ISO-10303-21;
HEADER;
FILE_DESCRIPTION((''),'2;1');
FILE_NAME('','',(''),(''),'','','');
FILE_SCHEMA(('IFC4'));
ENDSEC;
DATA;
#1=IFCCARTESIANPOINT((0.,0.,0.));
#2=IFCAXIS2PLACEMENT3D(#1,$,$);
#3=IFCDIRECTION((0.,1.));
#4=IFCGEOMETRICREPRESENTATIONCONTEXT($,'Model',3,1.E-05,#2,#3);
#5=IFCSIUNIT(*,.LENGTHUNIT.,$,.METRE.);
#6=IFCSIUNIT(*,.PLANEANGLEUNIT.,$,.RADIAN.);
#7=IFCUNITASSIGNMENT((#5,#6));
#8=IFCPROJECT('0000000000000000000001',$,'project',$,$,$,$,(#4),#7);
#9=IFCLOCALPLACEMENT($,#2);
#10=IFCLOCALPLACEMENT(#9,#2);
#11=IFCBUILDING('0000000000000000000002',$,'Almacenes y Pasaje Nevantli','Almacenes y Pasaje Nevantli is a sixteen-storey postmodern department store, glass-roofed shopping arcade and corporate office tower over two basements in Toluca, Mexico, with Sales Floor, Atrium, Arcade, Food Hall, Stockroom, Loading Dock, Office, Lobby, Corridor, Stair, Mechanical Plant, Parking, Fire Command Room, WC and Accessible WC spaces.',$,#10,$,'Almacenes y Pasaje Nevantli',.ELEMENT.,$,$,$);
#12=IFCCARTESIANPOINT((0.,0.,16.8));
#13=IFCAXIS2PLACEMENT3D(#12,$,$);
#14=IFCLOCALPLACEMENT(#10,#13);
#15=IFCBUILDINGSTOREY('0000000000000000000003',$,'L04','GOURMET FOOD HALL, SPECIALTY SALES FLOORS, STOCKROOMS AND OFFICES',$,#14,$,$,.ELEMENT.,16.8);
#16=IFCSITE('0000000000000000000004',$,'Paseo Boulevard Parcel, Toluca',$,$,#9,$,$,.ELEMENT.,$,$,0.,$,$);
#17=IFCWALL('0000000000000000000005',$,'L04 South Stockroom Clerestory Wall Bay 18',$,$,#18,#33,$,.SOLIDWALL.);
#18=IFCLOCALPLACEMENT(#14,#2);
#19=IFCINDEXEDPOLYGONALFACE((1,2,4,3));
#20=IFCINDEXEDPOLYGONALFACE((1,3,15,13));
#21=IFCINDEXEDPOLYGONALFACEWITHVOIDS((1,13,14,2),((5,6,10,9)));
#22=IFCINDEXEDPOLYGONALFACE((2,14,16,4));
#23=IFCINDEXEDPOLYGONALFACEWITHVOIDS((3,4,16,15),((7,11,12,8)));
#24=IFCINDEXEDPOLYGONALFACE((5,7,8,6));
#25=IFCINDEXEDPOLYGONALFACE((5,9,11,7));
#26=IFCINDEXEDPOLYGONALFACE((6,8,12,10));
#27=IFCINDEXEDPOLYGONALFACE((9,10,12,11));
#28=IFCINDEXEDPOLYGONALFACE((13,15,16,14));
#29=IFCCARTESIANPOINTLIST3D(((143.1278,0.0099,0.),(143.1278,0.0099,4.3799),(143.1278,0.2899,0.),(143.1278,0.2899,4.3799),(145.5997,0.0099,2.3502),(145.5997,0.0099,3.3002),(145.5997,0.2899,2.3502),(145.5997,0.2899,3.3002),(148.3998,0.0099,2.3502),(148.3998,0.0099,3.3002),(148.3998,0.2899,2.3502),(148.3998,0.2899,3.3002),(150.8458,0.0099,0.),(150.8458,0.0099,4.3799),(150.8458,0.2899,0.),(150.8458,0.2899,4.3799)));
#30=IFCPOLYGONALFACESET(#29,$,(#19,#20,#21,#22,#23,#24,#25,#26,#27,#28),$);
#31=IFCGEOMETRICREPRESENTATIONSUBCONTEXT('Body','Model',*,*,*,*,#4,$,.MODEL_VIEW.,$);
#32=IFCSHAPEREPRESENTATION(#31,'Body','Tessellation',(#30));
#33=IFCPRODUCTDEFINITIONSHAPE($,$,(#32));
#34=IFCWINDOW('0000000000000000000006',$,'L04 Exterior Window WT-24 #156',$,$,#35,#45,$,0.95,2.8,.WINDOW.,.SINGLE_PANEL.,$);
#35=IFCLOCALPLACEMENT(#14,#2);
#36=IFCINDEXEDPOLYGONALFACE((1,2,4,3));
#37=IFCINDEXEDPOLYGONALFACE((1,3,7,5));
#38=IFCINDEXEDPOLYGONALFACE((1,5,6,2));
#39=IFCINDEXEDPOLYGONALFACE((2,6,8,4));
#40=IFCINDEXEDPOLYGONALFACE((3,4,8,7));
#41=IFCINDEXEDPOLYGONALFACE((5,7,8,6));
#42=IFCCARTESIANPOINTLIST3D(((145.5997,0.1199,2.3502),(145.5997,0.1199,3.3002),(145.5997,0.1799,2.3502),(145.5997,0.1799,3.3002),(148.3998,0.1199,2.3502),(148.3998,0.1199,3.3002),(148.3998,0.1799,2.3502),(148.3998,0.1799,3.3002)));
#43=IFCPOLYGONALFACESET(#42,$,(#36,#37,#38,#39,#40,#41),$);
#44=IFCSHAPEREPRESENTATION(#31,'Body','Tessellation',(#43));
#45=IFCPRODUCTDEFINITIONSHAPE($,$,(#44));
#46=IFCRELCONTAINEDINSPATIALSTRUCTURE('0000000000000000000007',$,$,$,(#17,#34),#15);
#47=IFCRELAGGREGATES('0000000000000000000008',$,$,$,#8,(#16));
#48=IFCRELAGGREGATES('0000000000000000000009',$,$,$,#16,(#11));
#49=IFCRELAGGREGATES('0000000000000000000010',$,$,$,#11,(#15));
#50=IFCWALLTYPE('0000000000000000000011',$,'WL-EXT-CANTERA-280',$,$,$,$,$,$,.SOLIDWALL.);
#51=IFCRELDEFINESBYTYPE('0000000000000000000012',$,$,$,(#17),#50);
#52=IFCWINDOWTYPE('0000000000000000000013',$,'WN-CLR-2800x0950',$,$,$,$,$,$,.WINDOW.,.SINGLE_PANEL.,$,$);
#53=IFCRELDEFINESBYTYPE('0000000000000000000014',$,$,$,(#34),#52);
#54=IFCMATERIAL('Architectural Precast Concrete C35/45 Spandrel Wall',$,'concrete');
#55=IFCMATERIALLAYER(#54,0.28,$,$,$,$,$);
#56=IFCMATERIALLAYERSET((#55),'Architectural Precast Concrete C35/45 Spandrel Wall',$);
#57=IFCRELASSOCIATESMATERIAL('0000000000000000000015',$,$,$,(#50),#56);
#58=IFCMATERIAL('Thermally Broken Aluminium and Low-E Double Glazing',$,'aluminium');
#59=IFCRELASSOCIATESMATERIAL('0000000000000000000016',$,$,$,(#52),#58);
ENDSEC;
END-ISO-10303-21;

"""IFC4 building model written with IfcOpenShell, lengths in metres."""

from ifc_helpers import new_model, si_unit, direction, frame, frame_2d, origin, place, context, subcontext, project, spatial, rectangle, extrude, material, layer, layer_set, type_object, element, fill, save


model = new_model("IFC4")

# Units and contexts
model_context = context("Model", 3, precision=1e-05, world=origin(), true_north=direction((0.0, 1.0)))
body_context = subcontext(model_context, "Body", "Model", "MODEL_VIEW")
ifc_project = project(units=[si_unit("LENGTHUNIT", "METRE"), si_unit("PLANEANGLEUNIT", "RADIAN")], contexts=[model_context])

# Site, building, storey
site_placement = place(None, origin())
site = spatial("IfcSite", under=ifc_project, at=site_placement, Name="Paseo Boulevard Parcel, Toluca", CompositionType="ELEMENT", RefElevation=0.0)
building_placement = place(site_placement, origin())
building = spatial("IfcBuilding", under=site, at=building_placement, Name="Almacenes y Pasaje Nevantli", Description="Almacenes y Pasaje Nevantli is a sixteen-storey postmodern department store, glass-roofed shopping arcade and corporate office tower over two basements in Toluca, Mexico, with Sales Floor, Atrium, Arcade, Food Hall, Stockroom, Loading Dock, Office, Lobby, Corridor, Stair, Mechanical Plant, Parking, Fire Command Room, WC and Accessible WC spaces.", LongName="Almacenes y Pasaje Nevantli", CompositionType="ELEMENT")
storey_placement = place(building_placement, frame((0.0, 0.0, 16.8)))
storey = spatial("IfcBuildingStorey", under=building, at=storey_placement, Name="L04", Description="GOURMET FOOD HALL, SPECIALTY SALES FLOORS, STOCKROOMS AND OFFICES", CompositionType="ELEMENT", Elevation=16.8)

# Wall, opening, window
ifc_material_1 = material(Name="Architectural Precast Concrete C35/45 Spandrel Wall", Category="concrete")
ifc_layer = layer(ifc_material_1, 0.28)
ifc_layer_set = layer_set([ifc_layer], Name="Architectural Precast Concrete C35/45 Spandrel Wall")
wall_type = type_object("IfcWallType", Name="WL-EXT-CANTERA-280", PredefinedType="SOLIDWALL", material=ifc_layer_set)
wall_1_placement = place(storey_placement, frame((143.1279, 0.1499, 0.0), z_axis=(0.0, 0.0, 1.0), x_axis=(1.0, 0.0, 0.0)))
wall_1 = element("IfcWall", 1, at=wall_1_placement, inside=storey, type_object=wall_type, Name="L04 South Stockroom Clerestory Wall Bay 18", PredefinedType="SOLIDWALL", context=body_context, shape_type="SweptSolid", body=[
    extrude(rectangle(XDim=7.718, YDim=0.28, at=frame_2d((3.8589, 0.0))), origin(), (0.0, 0.0, 1.0), 4.3799),
])
opening_1_placement = place(wall_1_placement, frame((2.4719, 0.0, 2.3501)))
opening_1 = element("IfcOpeningElement", 2, at=opening_1_placement, cuts=wall_1, PredefinedType="OPENING", context=body_context, shape_type="SweptSolid", body=[
    extrude(rectangle(XDim=2.8, YDim=0.95, at=frame_2d((1.3999, 0.4751))), frame((0.0, 0.1499, 0.0), z_axis=(0.0, -1.0, 0.0), x_axis=(1.0, 0.0, 0.0)), (0.0, 0.0, 1.0), 0.3),
])
ifc_material_2 = material(Name="Thermally Broken Aluminium and Low-E Double Glazing", Category="aluminium")
window_type_1 = type_object("IfcWindowType", Name="WN-CLR-2800x0950", PartitioningType="SINGLE_PANEL", PredefinedType="WINDOW", material=ifc_material_2)
window_1_placement = place(opening_1_placement, origin())
window_1 = element("IfcWindow", 3, at=window_1_placement, inside=storey, type_object=window_type_1, Name="L04 Exterior Window WT-24 #156", OverallHeight=0.95, OverallWidth=2.8, PartitioningType="SINGLE_PANEL", PredefinedType="WINDOW", context=body_context, shape_type="SweptSolid", body=[
    extrude(rectangle(XDim=2.8, YDim=0.95, at=frame_2d((1.3999, 0.4751))), frame((0.0, 0.03, 0.0), z_axis=(0.0, -1.0, 0.0), x_axis=(1.0, 0.0, 0.0)), (0.0, 0.0, 1.0), 0.0601),
])
fill(opening_1, window_1)

save(model, "model.ifc")
